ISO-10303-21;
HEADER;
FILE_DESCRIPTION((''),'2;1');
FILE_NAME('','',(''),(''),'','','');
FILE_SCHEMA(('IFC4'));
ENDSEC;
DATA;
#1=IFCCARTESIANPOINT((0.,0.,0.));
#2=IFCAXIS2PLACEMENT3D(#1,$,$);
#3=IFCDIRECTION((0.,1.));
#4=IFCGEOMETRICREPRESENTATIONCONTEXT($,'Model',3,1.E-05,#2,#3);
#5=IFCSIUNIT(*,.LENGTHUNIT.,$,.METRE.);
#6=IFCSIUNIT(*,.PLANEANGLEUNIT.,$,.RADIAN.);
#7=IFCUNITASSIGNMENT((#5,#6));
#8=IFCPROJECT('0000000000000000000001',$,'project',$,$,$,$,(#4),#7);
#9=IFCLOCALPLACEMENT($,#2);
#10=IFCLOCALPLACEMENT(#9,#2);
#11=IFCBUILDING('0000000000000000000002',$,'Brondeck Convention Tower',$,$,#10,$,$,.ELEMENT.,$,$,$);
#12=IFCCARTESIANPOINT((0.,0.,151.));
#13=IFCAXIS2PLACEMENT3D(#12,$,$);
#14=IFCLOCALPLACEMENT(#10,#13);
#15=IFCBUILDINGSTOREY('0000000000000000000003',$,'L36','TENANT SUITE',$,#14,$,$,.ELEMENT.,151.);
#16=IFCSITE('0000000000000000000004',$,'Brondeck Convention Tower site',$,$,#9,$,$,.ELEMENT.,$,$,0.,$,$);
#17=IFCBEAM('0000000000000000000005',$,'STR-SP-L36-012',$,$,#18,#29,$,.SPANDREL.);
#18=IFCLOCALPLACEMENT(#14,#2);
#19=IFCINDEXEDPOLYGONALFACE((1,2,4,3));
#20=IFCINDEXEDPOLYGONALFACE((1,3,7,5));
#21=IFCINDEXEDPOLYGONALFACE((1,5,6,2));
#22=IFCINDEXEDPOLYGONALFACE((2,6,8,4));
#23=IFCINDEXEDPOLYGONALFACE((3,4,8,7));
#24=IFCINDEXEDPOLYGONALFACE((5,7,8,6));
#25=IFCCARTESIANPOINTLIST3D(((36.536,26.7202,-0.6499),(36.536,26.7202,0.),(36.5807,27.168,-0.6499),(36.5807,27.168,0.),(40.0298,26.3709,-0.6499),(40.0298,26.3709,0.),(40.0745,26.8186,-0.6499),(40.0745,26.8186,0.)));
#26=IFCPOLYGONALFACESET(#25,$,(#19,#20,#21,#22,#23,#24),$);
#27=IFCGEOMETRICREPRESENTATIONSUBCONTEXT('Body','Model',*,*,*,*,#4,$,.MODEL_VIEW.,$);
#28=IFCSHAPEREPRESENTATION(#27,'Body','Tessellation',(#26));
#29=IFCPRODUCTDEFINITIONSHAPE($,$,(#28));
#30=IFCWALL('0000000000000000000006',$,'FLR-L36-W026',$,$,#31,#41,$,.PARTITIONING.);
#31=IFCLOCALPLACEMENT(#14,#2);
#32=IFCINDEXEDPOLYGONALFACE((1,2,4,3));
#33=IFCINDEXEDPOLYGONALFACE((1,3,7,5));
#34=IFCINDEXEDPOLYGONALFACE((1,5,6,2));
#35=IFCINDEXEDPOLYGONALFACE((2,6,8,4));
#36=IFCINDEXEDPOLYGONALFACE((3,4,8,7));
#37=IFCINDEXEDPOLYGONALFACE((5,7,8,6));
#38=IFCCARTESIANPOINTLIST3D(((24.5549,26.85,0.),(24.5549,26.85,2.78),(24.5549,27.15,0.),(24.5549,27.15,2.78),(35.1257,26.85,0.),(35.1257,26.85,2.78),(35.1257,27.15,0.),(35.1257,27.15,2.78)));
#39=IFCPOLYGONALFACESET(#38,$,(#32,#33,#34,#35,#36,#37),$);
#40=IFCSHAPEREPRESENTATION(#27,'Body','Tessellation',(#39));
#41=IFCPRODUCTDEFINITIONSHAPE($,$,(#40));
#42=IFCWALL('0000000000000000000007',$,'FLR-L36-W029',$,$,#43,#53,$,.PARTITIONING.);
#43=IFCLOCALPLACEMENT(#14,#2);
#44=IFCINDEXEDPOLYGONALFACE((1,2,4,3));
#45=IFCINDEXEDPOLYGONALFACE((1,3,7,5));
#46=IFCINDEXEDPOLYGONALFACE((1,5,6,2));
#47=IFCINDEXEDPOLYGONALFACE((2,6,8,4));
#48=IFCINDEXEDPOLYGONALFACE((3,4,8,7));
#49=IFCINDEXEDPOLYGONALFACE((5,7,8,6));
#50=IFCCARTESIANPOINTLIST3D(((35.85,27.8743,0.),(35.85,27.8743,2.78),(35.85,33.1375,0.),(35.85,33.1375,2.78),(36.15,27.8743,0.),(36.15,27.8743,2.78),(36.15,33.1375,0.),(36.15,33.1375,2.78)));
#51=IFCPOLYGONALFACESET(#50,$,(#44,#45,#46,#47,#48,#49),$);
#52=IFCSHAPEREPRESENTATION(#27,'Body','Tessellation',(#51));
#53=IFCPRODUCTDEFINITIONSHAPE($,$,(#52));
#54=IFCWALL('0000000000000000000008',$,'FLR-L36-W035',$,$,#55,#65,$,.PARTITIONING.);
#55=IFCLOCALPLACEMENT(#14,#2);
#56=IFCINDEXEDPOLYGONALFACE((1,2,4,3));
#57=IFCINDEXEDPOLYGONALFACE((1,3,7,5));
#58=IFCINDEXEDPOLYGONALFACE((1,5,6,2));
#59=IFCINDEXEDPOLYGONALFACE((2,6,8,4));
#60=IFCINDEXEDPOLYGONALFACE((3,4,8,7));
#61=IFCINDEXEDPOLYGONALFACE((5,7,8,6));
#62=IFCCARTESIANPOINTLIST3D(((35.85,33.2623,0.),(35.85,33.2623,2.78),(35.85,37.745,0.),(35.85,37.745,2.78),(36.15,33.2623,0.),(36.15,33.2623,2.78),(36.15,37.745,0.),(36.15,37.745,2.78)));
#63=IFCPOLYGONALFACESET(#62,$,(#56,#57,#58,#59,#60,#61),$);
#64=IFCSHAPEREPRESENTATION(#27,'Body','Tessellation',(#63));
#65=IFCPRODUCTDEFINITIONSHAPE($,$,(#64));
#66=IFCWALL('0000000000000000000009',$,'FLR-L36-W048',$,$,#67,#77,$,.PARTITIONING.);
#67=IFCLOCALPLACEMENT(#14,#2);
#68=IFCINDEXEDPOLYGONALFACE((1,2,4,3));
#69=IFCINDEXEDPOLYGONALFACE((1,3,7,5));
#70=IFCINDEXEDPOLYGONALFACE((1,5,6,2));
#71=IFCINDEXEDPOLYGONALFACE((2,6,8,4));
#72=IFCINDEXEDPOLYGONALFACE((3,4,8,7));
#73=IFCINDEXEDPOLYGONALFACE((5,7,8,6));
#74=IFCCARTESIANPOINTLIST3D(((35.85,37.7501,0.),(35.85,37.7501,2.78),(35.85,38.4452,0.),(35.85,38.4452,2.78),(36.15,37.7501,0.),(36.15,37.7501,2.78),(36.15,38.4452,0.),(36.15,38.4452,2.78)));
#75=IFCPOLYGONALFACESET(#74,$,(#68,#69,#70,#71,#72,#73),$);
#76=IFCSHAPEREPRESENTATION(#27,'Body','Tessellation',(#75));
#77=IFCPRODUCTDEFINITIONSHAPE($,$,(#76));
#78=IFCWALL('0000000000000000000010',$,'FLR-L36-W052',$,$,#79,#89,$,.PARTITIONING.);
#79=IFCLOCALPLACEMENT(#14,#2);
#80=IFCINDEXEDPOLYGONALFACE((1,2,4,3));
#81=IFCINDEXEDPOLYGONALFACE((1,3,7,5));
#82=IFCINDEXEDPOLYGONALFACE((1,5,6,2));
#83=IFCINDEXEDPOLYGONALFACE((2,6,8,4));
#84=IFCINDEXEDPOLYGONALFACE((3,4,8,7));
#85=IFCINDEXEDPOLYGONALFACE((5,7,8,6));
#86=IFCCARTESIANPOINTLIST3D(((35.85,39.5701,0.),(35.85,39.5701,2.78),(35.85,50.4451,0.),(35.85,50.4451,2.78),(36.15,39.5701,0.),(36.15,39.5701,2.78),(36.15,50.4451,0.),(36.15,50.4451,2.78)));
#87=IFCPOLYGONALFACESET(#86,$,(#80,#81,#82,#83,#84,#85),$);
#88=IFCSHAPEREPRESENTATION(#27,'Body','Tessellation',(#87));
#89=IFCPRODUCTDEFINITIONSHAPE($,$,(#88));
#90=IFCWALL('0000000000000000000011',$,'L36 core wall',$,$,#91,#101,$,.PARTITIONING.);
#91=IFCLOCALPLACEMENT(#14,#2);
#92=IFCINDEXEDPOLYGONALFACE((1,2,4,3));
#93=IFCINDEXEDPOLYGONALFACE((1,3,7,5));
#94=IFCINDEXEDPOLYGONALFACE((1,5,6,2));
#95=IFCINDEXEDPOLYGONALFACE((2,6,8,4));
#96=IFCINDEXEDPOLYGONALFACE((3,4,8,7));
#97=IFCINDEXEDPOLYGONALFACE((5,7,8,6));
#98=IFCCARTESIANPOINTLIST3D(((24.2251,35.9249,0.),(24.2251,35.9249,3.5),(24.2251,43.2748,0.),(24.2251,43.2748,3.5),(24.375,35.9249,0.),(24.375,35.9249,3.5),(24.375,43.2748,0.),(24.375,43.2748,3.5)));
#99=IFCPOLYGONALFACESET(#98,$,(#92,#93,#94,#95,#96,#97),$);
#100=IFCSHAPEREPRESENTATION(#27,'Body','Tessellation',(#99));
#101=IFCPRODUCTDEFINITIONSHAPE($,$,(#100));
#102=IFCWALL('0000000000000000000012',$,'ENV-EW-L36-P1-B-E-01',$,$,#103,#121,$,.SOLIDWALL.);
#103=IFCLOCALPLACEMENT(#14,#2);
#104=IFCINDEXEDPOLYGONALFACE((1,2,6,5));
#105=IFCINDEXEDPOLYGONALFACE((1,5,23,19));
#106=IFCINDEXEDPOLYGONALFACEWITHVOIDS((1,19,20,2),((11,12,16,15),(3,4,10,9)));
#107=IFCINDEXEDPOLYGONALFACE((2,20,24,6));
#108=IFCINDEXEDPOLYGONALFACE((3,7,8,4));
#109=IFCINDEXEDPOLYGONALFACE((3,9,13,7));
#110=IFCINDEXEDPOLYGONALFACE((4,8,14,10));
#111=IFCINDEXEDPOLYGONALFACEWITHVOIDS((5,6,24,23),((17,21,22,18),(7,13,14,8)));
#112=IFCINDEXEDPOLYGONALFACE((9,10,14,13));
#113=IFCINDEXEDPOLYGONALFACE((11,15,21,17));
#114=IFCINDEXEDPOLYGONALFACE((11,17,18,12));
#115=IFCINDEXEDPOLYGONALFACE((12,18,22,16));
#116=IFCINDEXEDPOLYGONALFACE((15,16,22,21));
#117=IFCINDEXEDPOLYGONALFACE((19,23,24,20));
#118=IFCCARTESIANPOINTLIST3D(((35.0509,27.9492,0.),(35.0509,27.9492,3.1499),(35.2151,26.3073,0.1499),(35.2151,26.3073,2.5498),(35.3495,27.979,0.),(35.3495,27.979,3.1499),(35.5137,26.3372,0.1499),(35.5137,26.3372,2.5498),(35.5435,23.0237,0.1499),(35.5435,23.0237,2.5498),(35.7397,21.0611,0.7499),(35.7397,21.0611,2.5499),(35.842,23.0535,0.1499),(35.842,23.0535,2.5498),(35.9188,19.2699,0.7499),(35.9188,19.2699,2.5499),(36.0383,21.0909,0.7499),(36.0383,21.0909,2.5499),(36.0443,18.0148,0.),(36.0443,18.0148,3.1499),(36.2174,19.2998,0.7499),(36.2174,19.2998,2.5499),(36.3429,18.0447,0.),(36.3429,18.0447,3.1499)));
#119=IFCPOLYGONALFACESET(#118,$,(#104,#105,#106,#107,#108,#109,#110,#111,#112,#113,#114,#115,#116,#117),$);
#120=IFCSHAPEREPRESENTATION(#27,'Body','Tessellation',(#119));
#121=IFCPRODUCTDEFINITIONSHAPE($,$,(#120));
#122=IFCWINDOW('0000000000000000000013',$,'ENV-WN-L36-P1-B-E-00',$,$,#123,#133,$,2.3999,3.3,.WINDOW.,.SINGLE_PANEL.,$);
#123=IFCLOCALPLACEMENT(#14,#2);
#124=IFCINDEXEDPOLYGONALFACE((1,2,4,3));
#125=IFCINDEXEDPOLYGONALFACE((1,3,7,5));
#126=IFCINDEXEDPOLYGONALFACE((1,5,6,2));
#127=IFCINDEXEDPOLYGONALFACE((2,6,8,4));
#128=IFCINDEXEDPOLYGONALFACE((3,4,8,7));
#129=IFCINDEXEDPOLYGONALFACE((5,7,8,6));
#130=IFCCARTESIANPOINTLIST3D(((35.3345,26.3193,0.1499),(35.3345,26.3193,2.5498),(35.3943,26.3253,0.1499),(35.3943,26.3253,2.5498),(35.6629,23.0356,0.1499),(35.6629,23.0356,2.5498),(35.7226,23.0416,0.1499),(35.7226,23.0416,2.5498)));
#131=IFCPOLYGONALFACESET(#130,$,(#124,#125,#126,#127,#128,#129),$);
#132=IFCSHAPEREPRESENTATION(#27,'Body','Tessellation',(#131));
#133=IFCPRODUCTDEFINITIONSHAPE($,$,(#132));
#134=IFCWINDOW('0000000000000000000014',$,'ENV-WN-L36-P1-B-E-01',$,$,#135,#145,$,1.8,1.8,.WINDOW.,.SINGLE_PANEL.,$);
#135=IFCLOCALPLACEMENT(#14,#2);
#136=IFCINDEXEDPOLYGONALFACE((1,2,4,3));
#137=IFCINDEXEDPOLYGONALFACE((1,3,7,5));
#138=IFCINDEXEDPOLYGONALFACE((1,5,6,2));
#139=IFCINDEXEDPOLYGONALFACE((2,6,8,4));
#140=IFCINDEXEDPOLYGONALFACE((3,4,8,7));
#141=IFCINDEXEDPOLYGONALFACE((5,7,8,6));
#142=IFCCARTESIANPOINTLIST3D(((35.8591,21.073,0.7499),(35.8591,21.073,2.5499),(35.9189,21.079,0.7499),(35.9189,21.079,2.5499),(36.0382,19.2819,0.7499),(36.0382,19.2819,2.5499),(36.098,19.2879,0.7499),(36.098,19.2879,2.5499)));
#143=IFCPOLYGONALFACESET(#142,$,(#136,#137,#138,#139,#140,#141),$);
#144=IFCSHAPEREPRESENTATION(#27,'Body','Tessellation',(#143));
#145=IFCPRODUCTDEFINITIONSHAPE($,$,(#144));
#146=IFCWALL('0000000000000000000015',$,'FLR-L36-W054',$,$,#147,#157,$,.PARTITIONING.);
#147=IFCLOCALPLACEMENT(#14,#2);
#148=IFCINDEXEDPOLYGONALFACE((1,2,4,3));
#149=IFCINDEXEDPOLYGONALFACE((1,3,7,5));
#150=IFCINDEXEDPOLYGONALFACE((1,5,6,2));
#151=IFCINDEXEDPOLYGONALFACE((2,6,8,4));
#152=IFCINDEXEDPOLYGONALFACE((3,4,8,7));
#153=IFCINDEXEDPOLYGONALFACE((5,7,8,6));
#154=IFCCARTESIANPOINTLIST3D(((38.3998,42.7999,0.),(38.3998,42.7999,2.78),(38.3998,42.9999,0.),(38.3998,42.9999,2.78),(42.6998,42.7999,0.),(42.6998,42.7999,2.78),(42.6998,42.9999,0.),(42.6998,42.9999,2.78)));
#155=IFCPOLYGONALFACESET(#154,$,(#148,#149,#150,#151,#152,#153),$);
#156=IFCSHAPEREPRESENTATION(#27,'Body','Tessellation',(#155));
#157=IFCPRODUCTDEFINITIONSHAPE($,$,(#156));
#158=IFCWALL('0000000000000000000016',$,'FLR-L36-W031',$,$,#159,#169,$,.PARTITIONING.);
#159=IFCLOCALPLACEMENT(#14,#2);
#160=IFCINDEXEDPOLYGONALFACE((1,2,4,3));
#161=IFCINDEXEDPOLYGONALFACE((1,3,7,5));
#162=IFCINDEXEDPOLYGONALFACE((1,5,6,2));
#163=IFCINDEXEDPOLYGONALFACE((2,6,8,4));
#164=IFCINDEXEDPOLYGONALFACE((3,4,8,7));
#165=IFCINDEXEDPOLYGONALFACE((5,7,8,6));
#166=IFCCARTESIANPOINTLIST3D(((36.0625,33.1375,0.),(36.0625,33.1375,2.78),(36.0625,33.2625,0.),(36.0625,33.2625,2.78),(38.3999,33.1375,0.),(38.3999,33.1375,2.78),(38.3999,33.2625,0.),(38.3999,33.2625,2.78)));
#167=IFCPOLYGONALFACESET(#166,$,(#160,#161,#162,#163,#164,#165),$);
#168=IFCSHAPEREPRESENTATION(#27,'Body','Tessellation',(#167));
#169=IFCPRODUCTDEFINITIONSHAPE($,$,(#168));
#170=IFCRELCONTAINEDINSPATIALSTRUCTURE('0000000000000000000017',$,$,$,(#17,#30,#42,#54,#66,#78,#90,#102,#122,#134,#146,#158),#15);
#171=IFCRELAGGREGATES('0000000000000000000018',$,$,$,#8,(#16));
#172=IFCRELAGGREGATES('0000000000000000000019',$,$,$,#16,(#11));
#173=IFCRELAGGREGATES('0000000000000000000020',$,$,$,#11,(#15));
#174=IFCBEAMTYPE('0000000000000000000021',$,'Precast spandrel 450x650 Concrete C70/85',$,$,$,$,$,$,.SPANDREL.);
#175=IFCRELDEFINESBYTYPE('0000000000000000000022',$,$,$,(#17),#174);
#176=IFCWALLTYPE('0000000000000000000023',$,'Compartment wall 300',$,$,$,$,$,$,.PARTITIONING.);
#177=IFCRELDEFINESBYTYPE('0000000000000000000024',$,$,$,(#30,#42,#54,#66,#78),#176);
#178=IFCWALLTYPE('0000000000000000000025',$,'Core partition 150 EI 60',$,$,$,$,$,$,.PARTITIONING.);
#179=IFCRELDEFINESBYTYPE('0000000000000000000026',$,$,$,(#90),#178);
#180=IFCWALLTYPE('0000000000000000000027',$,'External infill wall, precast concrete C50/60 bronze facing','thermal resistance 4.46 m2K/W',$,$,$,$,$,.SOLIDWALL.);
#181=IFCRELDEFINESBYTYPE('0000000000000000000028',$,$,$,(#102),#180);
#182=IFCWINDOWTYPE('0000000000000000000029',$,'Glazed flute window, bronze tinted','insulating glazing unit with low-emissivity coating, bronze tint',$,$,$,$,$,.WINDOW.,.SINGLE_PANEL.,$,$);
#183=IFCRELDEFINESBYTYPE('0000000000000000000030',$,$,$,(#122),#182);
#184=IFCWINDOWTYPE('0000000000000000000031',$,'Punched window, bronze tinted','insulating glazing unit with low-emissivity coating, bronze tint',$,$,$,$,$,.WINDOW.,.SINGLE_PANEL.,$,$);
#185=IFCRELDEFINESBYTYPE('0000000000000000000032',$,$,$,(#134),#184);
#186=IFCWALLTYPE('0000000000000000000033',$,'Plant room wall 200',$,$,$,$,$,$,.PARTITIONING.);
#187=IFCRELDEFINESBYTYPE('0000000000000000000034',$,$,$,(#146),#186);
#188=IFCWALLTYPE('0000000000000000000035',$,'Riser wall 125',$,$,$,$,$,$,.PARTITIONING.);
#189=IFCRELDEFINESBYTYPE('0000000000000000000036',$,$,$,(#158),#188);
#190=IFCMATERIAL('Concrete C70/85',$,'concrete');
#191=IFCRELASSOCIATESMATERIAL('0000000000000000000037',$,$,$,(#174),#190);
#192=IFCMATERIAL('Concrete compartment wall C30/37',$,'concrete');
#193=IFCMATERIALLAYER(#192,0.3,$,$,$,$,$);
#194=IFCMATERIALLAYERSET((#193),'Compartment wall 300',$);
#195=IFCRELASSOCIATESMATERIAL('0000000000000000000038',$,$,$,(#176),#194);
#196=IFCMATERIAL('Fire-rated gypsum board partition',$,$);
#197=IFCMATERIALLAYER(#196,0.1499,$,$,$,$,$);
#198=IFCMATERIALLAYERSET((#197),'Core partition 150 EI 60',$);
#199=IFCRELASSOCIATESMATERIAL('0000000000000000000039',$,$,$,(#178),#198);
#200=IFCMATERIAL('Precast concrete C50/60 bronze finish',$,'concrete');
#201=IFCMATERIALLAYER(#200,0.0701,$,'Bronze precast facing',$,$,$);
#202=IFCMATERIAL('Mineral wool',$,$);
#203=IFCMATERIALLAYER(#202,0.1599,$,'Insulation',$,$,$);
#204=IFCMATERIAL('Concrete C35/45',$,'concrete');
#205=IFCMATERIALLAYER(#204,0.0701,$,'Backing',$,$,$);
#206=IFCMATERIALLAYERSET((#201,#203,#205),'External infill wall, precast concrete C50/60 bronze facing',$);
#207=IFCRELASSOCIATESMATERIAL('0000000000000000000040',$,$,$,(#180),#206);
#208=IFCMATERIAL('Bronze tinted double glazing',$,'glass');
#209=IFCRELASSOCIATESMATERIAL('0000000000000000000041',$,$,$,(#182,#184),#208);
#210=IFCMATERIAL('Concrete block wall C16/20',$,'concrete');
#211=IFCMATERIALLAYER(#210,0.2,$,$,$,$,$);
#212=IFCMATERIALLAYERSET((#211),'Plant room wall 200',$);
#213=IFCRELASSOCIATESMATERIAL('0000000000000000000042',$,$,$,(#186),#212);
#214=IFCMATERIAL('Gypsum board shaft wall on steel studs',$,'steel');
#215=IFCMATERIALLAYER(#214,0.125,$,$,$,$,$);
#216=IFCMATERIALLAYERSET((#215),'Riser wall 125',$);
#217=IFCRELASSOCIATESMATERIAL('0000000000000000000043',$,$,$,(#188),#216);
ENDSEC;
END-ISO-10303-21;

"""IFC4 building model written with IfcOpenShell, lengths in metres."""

from ifc_helpers import new_model, si_unit, direction, frame, frame_2d, origin, origin_2d, place, context, subcontext, project, spatial, rectangle, extrude, material, layer, layer_set, material_profile, profile_set, type_object, element, fill, save


model = new_model("IFC4")

# Units and contexts
model_context = context("Model", 3, precision=1e-05, world=origin(), true_north=direction((0.0, 1.0)))
body_context = subcontext(model_context, "Body", "Model", "MODEL_VIEW")
ifc_project = project(units=[si_unit("LENGTHUNIT", "METRE"), si_unit("PLANEANGLEUNIT", "RADIAN")], contexts=[model_context])

# Site, building, storey
site_placement = place(None, origin())
site = spatial("IfcSite", under=ifc_project, at=site_placement, Name="Brondeck Convention Tower site", CompositionType="ELEMENT", RefElevation=0.0)
building_placement = place(site_placement, origin())
building = spatial("IfcBuilding", under=site, at=building_placement, Name="Brondeck Convention Tower", CompositionType="ELEMENT")
storey_placement = place(building_placement, frame((0.0, 0.0, 151.0)))
storey = spatial("IfcBuildingStorey", under=building, at=storey_placement, Name="L36", Description="TENANT SUITE", CompositionType="ELEMENT", Elevation=151.0)

# Shared definitions
ifc_material_1 = material(Name="Concrete C70/85", Category="concrete")

# Beam
ifc_material_profile_1 = material_profile(ifc_material_1, rectangle(XDim=0.45, YDim=0.6499, at=origin_2d()), Name="Precast spandrel 450x650 Concrete C70/85")
ifc_profile_set_1 = profile_set([ifc_material_profile_1], Name="Concrete C70/85")
beam_type_1 = type_object("IfcBeamType", Name="Precast spandrel 450x650 Concrete C70/85", PredefinedType="SPANDREL", material=ifc_profile_set_1)
beam_1_placement = place(storey_placement, frame((36.5583, 26.9441, -0.325), z_axis=(0.995038, -0.099497, 0.0), x_axis=(0.099497, 0.995038, 0.0)))
element("IfcBeam", 1, at=beam_1_placement, inside=storey, type_object=beam_type_1, Name="STR-SP-L36-012", PredefinedType="SPANDREL", context=body_context, shape_type="SweptSolid", body=[
    extrude(rectangle(XDim=0.45, YDim=0.6499, at=origin_2d()), origin(), (0.0, 0.0, 1.0), 3.5112),
])

# Walls
ifc_material_2 = material(Name="Concrete compartment wall C30/37", Category="concrete")
ifc_layer_1 = layer(ifc_material_2, 0.3)
ifc_layer_set_1 = layer_set([ifc_layer_1], Name="Compartment wall 300")
wall_type_1 = type_object("IfcWallType", Name="Compartment wall 300", PredefinedType="PARTITIONING", material=ifc_layer_set_1)
wall_1_placement = place(storey_placement, frame((24.5549, 27.0, 0.0), z_axis=(0.0, 0.0, 1.0), x_axis=(1.0, 0.0, 0.0)))
element("IfcWall", 2, at=wall_1_placement, inside=storey, type_object=wall_type_1, Name="FLR-L36-W026", PredefinedType="PARTITIONING", context=body_context, shape_type="SweptSolid", body=[
    extrude(rectangle(XDim=10.5708, YDim=0.3, at=frame_2d((5.2854, 0.0))), origin(), (0.0, 0.0, 1.0), 2.78),
])
wall_2_placement = place(storey_placement, frame((36.0, 27.8743, 0.0), z_axis=(0.0, 0.0, 1.0), x_axis=(0.0, 1.0, 0.0)))
element("IfcWall", 3, at=wall_2_placement, inside=storey, type_object=wall_type_1, Name="FLR-L36-W029", PredefinedType="PARTITIONING", context=body_context, shape_type="SweptSolid", body=[
    extrude(rectangle(XDim=5.2632, YDim=0.3, at=frame_2d((2.6316, 0.0))), origin(), (0.0, 0.0, 1.0), 2.78),
])
wall_3_placement = place(storey_placement, frame((36.0, 33.2625, 0.0), z_axis=(0.0, 0.0, 1.0), x_axis=(0.0, 1.0, 0.0)))
element("IfcWall", 4, at=wall_3_placement, inside=storey, type_object=wall_type_1, Name="FLR-L36-W035", PredefinedType="PARTITIONING", context=body_context, shape_type="SweptSolid", body=[
    extrude(rectangle(XDim=4.4827, YDim=0.3, at=frame_2d((2.2412, 0.0))), origin(), (0.0, 0.0, 1.0), 2.78),
])
wall_4_placement = place(storey_placement, frame((36.0, 37.75, 0.0), z_axis=(0.0, 0.0, 1.0), x_axis=(0.0, 1.0, 0.0)))
element("IfcWall", 5, at=wall_4_placement, inside=storey, type_object=wall_type_1, Name="FLR-L36-W048", PredefinedType="PARTITIONING", context=body_context, shape_type="SweptSolid", body=[
    extrude(rectangle(XDim=0.6951, YDim=0.3, at=frame_2d((0.3477, 0.0))), origin(), (0.0, 0.0, 1.0), 2.78),
])
wall_5_placement = place(storey_placement, frame((36.0, 39.5701, 0.0), z_axis=(0.0, 0.0, 1.0), x_axis=(0.0, 1.0, 0.0)))
element("IfcWall", 6, at=wall_5_placement, inside=storey, type_object=wall_type_1, Name="FLR-L36-W052", PredefinedType="PARTITIONING", context=body_context, shape_type="SweptSolid", body=[
    extrude(rectangle(XDim=10.875, YDim=0.3, at=frame_2d((5.4375, 0.0))), origin(), (0.0, 0.0, 1.0), 2.78),
])
ifc_material_3 = material(Name="Fire-rated gypsum board partition")
ifc_layer_2 = layer(ifc_material_3, 0.1499)
ifc_layer_set_2 = layer_set([ifc_layer_2], Name="Core partition 150 EI 60")
wall_type_2 = type_object("IfcWallType", Name="Core partition 150 EI 60", PredefinedType="PARTITIONING", material=ifc_layer_set_2)
wall_6_placement = place(storey_placement, frame((24.3, 35.925, 0.0), z_axis=(0.0, 0.0, 1.0), x_axis=(0.0, 1.0, 0.0)))
element("IfcWall", 7, at=wall_6_placement, inside=storey, type_object=wall_type_2, Name="L36 core wall", PredefinedType="PARTITIONING", context=body_context, shape_type="SweptSolid", body=[
    extrude(rectangle(XDim=7.3499, YDim=0.1499, at=frame_2d((3.6748, 0.0))), origin(), (0.0, 0.0, 1.0), 3.5),
])

# Wall, openings, windows
ifc_material_4 = material(Name="Precast concrete C50/60 bronze finish", Category="concrete")
ifc_layer_3 = layer(ifc_material_4, 0.0701, Name="Bronze precast facing")
ifc_material_5 = material(Name="Mineral wool")
ifc_layer_4 = layer(ifc_material_5, 0.1599, Name="Insulation")
ifc_material_6 = material(Name="Concrete C35/45", Category="concrete")
ifc_layer_5 = layer(ifc_material_6, 0.0701, Name="Backing")
ifc_layer_set_3 = layer_set([ifc_layer_3, ifc_layer_4, ifc_layer_5], Name="External infill wall, precast concrete C50/60 bronze facing")
wall_type_3 = type_object("IfcWallType", Name="External infill wall, precast concrete C50/60 bronze facing", Description="thermal resistance 4.46 m2K/W", PredefinedType="SOLIDWALL", material=ifc_layer_set_3)
wall_7_placement = place(storey_placement, frame((35.2002, 27.9641, 0.0), z_axis=(0.0, 0.0, 1.0), x_axis=(0.099501, -0.995037, 0.0)))
wall_7 = element("IfcWall", 8, at=wall_7_placement, inside=storey, type_object=wall_type_3, Name="ENV-EW-L36-P1-B-E-01", PredefinedType="SOLIDWALL", context=body_context, shape_type="SweptSolid", body=[
    extrude(rectangle(XDim=9.9839, YDim=0.3, at=frame_2d((4.9919, 0.0))), origin(), (0.0, 0.0, 1.0), 3.1499),
])
opening_1_placement = place(wall_7_placement, frame((1.6501, 0.0, 0.1499)))
opening_1 = element("IfcOpeningElement", 9, at=opening_1_placement, cuts=wall_7, PredefinedType="OPENING", context=body_context, shape_type="SweptSolid", body=[
    extrude(rectangle(XDim=3.3, YDim=2.3999, at=frame_2d((1.6499, 1.2))), frame((0.0, 0.1599, 0.0), z_axis=(0.0, -1.0, 0.0), x_axis=(1.0, 0.0, 0.0)), (0.0, 0.0, 1.0), 0.3201),
])
opening_2_placement = place(wall_7_placement, frame((6.9226, 0.0, 0.75)))
opening_2 = element("IfcOpeningElement", 10, at=opening_2_placement, cuts=wall_7, PredefinedType="OPENING", context=body_context, shape_type="SweptSolid", body=[
    extrude(rectangle(XDim=1.8, YDim=1.8, at=frame_2d((0.8999, 0.8999))), frame((0.0, 0.1599, 0.0), z_axis=(0.0, -1.0, 0.0), x_axis=(1.0, 0.0, 0.0)), (0.0, 0.0, 1.0), 0.3201),
])
ifc_material_7 = material(Name="Bronze tinted double glazing", Category="glass")
window_type_1 = type_object("IfcWindowType", Name="Glazed flute window, bronze tinted", Description="insulating glazing unit with low-emissivity coating, bronze tint", PartitioningType="SINGLE_PANEL", PredefinedType="WINDOW", material=ifc_material_7)
window_1_placement = place(opening_1_placement, origin())
window_1 = element("IfcWindow", 11, at=window_1_placement, inside=storey, type_object=window_type_1, Name="ENV-WN-L36-P1-B-E-00", OverallHeight=2.3999, OverallWidth=3.3, PartitioningType="SINGLE_PANEL", PredefinedType="WINDOW", context=body_context, shape_type="SweptSolid", body=[
    extrude(rectangle(XDim=3.3, YDim=2.3999, at=frame_2d((1.6499, 1.2))), frame((0.0, 0.03, 0.0), z_axis=(0.0, -1.0, 0.0), x_axis=(1.0, 0.0, 0.0)), (0.0, 0.0, 1.0), 0.0601),
])
fill(opening_1, window_1)
window_type_2 = type_object("IfcWindowType", Name="Punched window, bronze tinted", Description="insulating glazing unit with low-emissivity coating, bronze tint", PartitioningType="SINGLE_PANEL", PredefinedType="WINDOW", material=ifc_material_7)
window_2_placement = place(opening_2_placement, origin())
window_2 = element("IfcWindow", 12, at=window_2_placement, inside=storey, type_object=window_type_2, Name="ENV-WN-L36-P1-B-E-01", OverallHeight=1.8, OverallWidth=1.8, PartitioningType="SINGLE_PANEL", PredefinedType="WINDOW", context=body_context, shape_type="SweptSolid", body=[
    extrude(rectangle(XDim=1.8, YDim=1.8, at=frame_2d((0.8999, 0.8999))), frame((0.0, 0.03, 0.0), z_axis=(0.0, -1.0, 0.0), x_axis=(1.0, 0.0, 0.0)), (0.0, 0.0, 1.0), 0.0601),
])
fill(opening_2, window_2)

# Walls
ifc_material_8 = material(Name="Concrete block wall C16/20", Category="concrete")
ifc_layer_6 = layer(ifc_material_8, 0.2)
ifc_layer_set_4 = layer_set([ifc_layer_6], Name="Plant room wall 200")
wall_type_4 = type_object("IfcWallType", Name="Plant room wall 200", PredefinedType="PARTITIONING", material=ifc_layer_set_4)
wall_8_placement = place(storey_placement, frame((38.3999, 42.8999, 0.0), z_axis=(0.0, 0.0, 1.0), x_axis=(1.0, 0.0, 0.0)))
element("IfcWall", 13, at=wall_8_placement, inside=storey, type_object=wall_type_4, Name="FLR-L36-W054", PredefinedType="PARTITIONING", context=body_context, shape_type="SweptSolid", body=[
    extrude(rectangle(XDim=4.3, YDim=0.2, at=frame_2d((2.1499, 0.0))), origin(), (0.0, 0.0, 1.0), 2.78),
])
ifc_material_9 = material(Name="Gypsum board shaft wall on steel studs", Category="steel")
ifc_layer_7 = layer(ifc_material_9, 0.125)
ifc_layer_set_5 = layer_set([ifc_layer_7], Name="Riser wall 125")
wall_type_5 = type_object("IfcWallType", Name="Riser wall 125", PredefinedType="PARTITIONING", material=ifc_layer_set_5)
wall_9_placement = place(storey_placement, frame((38.3999, 33.2, 0.0), z_axis=(0.0, 0.0, 1.0), x_axis=(-1.0, 0.0, 0.0)))
element("IfcWall", 14, at=wall_9_placement, inside=storey, type_object=wall_type_5, Name="FLR-L36-W031", PredefinedType="PARTITIONING", context=body_context, shape_type="SweptSolid", body=[
    extrude(rectangle(XDim=2.3374, YDim=0.125, at=frame_2d((1.1687, 0.0))), origin(), (0.0, 0.0, 1.0), 2.78),
])

save(model, "model.ifc")
